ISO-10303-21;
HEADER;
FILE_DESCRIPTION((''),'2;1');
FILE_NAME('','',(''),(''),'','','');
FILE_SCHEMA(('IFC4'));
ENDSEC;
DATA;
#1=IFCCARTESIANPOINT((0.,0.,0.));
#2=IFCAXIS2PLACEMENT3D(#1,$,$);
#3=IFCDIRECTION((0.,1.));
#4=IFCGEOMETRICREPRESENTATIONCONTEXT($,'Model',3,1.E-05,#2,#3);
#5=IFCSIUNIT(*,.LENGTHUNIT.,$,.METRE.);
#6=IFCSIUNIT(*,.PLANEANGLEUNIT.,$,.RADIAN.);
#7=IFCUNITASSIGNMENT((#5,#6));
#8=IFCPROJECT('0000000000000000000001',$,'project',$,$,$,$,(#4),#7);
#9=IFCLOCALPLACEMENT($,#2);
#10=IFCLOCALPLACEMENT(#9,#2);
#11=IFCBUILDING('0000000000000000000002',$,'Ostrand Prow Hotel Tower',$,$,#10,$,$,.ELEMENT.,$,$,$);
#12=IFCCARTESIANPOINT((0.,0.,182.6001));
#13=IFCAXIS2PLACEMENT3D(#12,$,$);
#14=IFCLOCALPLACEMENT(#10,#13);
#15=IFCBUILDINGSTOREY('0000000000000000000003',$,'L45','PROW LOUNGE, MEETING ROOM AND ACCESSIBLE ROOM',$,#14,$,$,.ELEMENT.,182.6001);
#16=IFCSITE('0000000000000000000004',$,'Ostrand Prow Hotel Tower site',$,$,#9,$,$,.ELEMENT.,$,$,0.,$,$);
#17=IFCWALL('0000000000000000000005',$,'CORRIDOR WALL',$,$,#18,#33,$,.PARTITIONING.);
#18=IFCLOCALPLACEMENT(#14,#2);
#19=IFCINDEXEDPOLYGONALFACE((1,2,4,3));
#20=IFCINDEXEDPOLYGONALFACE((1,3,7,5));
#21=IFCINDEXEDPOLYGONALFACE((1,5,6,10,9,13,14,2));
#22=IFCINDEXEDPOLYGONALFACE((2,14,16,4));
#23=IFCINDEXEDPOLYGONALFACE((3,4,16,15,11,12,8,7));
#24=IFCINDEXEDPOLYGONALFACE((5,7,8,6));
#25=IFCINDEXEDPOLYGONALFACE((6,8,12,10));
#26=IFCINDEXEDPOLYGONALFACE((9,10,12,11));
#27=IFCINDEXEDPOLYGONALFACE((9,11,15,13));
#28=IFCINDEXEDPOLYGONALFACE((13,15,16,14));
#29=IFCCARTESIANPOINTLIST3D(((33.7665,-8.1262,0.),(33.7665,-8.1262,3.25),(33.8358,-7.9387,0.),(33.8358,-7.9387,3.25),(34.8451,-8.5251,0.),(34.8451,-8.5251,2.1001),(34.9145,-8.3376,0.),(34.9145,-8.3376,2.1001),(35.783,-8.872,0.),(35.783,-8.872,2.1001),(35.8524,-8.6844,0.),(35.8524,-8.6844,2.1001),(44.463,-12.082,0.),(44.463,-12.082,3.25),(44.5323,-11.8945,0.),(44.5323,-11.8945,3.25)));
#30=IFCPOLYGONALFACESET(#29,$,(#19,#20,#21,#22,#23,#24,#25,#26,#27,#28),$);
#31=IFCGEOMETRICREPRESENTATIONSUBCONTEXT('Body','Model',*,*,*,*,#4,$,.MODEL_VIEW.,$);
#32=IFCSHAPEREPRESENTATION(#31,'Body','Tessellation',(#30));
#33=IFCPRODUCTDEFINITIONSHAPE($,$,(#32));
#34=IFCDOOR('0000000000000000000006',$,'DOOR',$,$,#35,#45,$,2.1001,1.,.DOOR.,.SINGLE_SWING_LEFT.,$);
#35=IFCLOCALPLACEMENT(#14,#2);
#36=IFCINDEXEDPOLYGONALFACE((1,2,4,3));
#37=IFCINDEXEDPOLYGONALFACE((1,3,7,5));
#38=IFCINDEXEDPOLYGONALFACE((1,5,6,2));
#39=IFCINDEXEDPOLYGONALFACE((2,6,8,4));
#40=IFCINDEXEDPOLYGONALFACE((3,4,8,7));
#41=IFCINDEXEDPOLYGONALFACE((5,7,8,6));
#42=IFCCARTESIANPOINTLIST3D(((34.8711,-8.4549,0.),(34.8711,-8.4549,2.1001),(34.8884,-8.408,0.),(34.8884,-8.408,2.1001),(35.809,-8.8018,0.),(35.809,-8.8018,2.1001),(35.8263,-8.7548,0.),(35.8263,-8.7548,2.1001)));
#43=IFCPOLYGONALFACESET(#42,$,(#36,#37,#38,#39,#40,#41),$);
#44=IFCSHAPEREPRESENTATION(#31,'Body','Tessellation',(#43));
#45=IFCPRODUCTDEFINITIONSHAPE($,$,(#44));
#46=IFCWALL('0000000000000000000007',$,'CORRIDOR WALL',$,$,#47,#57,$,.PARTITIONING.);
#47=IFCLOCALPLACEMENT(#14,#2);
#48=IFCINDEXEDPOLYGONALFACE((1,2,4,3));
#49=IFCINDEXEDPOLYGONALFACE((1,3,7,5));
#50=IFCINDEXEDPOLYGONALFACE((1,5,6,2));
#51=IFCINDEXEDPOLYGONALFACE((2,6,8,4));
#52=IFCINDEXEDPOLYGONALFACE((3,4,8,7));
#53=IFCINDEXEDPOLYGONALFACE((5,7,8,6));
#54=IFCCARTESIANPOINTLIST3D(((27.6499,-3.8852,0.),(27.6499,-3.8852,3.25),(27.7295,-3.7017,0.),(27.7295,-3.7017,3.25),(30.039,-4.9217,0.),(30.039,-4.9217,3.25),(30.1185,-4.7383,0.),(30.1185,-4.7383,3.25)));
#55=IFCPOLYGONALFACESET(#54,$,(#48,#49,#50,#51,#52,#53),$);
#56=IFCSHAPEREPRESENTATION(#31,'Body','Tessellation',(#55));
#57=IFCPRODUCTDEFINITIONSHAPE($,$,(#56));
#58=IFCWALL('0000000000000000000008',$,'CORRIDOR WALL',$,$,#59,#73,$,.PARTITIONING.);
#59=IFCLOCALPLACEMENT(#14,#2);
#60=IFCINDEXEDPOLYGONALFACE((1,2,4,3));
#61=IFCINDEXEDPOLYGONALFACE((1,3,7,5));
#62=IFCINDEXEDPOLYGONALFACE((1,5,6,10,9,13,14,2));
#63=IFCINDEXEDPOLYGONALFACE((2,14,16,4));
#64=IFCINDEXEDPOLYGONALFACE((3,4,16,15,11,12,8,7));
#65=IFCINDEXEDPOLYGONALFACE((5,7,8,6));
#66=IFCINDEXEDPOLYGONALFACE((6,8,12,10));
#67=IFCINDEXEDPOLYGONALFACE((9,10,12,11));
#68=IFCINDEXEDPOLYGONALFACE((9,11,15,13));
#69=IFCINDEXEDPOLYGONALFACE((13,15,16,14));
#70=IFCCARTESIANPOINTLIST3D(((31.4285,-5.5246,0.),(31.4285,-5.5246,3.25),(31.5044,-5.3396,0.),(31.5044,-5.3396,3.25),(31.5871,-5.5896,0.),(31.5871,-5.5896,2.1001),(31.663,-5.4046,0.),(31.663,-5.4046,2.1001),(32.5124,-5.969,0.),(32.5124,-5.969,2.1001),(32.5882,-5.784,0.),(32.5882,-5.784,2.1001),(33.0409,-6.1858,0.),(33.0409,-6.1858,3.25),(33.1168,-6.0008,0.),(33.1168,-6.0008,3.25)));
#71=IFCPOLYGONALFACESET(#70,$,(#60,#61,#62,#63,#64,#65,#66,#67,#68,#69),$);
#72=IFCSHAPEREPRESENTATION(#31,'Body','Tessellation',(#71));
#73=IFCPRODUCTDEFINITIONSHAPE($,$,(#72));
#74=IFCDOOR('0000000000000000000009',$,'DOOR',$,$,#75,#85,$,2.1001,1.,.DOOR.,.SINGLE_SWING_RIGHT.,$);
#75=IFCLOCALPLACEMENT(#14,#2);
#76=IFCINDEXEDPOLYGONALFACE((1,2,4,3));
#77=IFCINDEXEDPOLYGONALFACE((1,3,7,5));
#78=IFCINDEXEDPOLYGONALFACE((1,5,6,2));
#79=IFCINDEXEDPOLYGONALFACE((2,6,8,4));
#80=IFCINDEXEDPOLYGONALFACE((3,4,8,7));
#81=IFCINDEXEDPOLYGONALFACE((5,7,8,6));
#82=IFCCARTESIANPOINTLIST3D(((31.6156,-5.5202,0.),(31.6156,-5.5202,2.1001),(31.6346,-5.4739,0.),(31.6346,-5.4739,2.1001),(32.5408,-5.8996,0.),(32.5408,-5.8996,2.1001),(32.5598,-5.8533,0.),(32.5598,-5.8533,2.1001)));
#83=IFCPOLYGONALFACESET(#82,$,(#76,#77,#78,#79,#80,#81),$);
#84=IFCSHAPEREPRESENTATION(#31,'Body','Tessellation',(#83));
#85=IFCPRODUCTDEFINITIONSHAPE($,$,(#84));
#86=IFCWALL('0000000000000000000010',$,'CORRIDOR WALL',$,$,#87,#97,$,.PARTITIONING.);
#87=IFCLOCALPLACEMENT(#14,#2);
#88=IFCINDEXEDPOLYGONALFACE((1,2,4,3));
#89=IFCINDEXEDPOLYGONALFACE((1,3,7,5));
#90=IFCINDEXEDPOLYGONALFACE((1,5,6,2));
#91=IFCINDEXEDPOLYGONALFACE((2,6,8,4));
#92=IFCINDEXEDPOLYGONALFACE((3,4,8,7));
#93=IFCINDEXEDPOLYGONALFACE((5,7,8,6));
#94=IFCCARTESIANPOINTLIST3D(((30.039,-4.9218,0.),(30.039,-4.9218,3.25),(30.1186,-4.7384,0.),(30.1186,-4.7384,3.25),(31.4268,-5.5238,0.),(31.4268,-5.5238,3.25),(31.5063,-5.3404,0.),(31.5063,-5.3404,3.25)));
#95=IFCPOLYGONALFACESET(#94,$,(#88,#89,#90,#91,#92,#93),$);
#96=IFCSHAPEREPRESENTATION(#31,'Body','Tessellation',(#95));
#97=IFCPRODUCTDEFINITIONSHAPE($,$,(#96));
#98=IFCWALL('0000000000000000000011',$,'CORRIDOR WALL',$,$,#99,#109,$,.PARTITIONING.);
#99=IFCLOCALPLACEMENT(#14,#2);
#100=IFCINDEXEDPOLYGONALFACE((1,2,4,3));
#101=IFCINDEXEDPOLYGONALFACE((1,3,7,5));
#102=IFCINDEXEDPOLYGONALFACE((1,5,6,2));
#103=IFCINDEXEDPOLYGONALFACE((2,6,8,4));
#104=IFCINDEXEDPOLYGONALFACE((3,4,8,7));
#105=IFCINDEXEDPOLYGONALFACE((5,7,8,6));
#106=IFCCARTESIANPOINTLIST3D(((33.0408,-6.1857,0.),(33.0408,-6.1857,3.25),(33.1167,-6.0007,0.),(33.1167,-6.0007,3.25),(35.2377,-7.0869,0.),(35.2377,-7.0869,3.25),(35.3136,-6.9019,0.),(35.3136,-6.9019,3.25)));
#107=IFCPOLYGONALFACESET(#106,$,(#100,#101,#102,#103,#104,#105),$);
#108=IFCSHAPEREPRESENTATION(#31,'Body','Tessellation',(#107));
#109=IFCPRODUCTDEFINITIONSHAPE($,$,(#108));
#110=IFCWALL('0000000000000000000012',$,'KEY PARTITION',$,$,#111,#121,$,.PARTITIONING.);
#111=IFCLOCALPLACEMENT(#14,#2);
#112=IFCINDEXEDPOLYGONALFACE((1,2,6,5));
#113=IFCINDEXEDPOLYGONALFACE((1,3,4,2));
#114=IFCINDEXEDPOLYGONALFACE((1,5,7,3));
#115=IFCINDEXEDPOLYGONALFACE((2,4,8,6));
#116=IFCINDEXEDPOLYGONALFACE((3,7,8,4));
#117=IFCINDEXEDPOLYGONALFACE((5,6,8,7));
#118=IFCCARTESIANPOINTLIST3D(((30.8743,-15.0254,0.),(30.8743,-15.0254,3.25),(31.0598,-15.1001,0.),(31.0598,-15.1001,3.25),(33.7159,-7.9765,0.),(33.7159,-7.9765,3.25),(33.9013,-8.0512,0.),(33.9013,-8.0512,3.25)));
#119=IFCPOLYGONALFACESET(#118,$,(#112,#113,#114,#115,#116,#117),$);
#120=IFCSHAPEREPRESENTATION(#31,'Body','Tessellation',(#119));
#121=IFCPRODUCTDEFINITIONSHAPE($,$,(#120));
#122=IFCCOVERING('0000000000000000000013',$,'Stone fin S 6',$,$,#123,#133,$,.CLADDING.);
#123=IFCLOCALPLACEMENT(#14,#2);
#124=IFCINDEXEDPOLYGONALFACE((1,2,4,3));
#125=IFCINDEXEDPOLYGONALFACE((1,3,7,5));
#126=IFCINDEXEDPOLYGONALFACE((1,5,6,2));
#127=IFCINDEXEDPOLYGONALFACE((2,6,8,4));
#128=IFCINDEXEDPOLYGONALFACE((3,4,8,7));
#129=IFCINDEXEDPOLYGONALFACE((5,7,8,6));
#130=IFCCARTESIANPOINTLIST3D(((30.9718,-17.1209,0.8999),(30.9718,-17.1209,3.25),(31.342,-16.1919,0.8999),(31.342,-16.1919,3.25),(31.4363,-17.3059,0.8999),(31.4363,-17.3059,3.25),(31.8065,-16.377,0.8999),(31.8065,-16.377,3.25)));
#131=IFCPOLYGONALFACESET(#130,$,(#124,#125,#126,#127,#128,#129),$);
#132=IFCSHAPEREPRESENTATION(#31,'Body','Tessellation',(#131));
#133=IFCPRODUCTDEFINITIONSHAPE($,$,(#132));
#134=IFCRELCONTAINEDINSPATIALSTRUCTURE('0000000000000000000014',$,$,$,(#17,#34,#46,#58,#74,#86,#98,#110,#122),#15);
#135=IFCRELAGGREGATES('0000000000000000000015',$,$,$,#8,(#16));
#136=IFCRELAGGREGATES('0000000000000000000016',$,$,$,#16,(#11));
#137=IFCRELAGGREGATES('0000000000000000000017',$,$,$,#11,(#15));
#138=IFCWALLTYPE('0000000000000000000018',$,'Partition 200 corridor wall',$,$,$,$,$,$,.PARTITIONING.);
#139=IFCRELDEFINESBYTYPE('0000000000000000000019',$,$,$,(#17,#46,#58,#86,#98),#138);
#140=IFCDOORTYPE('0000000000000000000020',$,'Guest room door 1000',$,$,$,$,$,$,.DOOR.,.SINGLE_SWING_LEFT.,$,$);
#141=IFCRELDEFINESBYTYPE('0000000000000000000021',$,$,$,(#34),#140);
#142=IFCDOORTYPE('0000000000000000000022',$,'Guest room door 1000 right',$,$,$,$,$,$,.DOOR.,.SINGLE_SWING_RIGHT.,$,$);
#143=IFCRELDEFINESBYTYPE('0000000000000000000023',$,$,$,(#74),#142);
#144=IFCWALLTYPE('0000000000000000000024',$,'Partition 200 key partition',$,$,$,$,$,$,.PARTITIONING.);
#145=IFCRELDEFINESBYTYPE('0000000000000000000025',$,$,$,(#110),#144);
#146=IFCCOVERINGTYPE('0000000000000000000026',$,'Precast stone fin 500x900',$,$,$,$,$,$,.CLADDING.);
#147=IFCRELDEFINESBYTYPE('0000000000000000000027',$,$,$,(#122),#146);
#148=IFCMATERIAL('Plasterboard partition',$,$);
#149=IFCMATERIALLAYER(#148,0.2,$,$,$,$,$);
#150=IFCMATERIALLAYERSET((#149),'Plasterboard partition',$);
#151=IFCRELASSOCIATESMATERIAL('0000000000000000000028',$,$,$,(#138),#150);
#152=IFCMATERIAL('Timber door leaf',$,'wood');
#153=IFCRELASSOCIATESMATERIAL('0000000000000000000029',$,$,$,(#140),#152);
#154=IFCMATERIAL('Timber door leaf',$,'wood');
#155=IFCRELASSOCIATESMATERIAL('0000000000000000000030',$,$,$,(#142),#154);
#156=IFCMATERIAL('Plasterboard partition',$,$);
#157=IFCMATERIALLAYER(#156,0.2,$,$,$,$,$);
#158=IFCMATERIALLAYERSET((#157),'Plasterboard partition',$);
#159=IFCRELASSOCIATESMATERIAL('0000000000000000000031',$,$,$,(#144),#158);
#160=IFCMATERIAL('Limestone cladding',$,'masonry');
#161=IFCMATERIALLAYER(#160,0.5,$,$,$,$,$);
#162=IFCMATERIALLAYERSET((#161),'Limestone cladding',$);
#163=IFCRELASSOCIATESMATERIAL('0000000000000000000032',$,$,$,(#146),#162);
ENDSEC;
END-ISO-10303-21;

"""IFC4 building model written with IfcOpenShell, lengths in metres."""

from ifc_helpers import new_model, si_unit, direction, frame, frame_2d, origin, place, context, subcontext, project, spatial, rectangle, extrude, material, layer, layer_set, type_object, element, fill, save


model = new_model("IFC4")

# Units and contexts
model_context = context("Model", 3, precision=1e-05, world=origin(), true_north=direction((0.0, 1.0)))
body_context = subcontext(model_context, "Body", "Model", "MODEL_VIEW")
ifc_project = project(units=[si_unit("LENGTHUNIT", "METRE"), si_unit("PLANEANGLEUNIT", "RADIAN")], contexts=[model_context])

# Site, building, storey
site_placement = place(None, origin())
site = spatial("IfcSite", under=ifc_project, at=site_placement, Name="Ostrand Prow Hotel Tower site", CompositionType="ELEMENT", RefElevation=0.0)
building_placement = place(site_placement, origin())
building = spatial("IfcBuilding", under=site, at=building_placement, Name="Ostrand Prow Hotel Tower", CompositionType="ELEMENT")
storey_placement = place(building_placement, frame((0.0, 0.0, 182.6001)))
storey = spatial("IfcBuildingStorey", under=building, at=storey_placement, Name="L45", Description="PROW LOUNGE, MEETING ROOM AND ACCESSIBLE ROOM", CompositionType="ELEMENT", Elevation=182.6001)

# Wall, opening, door
ifc_material_1 = material(Name="Plasterboard partition")
ifc_layer_1 = layer(ifc_material_1, 0.2)
ifc_layer_set_1 = layer_set([ifc_layer_1], Name="Plasterboard partition")
wall_type_1 = type_object("IfcWallType", Name="Partition 200 corridor wall", PredefinedType="PARTITIONING", material=ifc_layer_set_1)
wall_1_placement = place(storey_placement, frame((33.8013, -8.0325, 0.0), z_axis=(0.0, 0.0, 1.0), x_axis=(0.937916, -0.346862, 0.0)))
wall_1 = element("IfcWall", 1, at=wall_1_placement, inside=storey, type_object=wall_type_1, Name="CORRIDOR WALL", PredefinedType="PARTITIONING", context=body_context, shape_type="SweptSolid", body=[
    extrude(rectangle(XDim=11.4045, YDim=0.2, at=frame_2d((5.7021, 0.0))), origin(), (0.0, 0.0, 1.0), 3.25),
])
opening_1_placement = place(wall_1_placement, frame((1.1499, 0.0, 0.0)))
opening_1 = element("IfcOpeningElement", 2, at=opening_1_placement, cuts=wall_1, PredefinedType="OPENING", context=body_context, shape_type="SweptSolid", body=[
    extrude(rectangle(XDim=1.0, YDim=2.1001, at=frame_2d((0.5, 1.05))), frame((0.0, 0.1099, 0.0), z_axis=(0.0, -1.0, 0.0), x_axis=(1.0, 0.0, 0.0)), (0.0, 0.0, 1.0), 0.22),
])
ifc_material_2 = material(Name="Timber door leaf", Category="wood")
door_type_1 = type_object("IfcDoorType", Name="Guest room door 1000", OperationType="SINGLE_SWING_LEFT", PredefinedType="DOOR", material=ifc_material_2)
door_1_placement = place(opening_1_placement, origin())
door_1 = element("IfcDoor", 3, at=door_1_placement, inside=storey, type_object=door_type_1, Name="DOOR", OperationType="SINGLE_SWING_LEFT", OverallHeight=2.1001, OverallWidth=1.0, PredefinedType="DOOR", context=body_context, shape_type="SweptSolid", body=[
    extrude(rectangle(XDim=1.0, YDim=2.1001, at=frame_2d((0.5, 1.05))), frame((0.0, 0.0249, 0.0), z_axis=(0.0, -1.0, 0.0), x_axis=(1.0, 0.0, 0.0)), (0.0, 0.0, 1.0), 0.05),
])
fill(opening_1, door_1)

# Wall
wall_2_placement = place(storey_placement, frame((30.0789, -4.8301, 0.0), z_axis=(0.0, 0.0, 1.0), x_axis=(-0.917371, 0.398034, 0.0)))
element("IfcWall", 4, at=wall_2_placement, inside=storey, type_object=wall_type_1, Name="CORRIDOR WALL", PredefinedType="PARTITIONING", context=body_context, shape_type="SweptSolid", body=[
    extrude(rectangle(XDim=2.6042, YDim=0.2, at=frame_2d((1.3022, 0.0))), origin(), (0.0, 0.0, 1.0), 3.25),
])

# Wall, opening, door
wall_3_placement = place(storey_placement, frame((33.0789, -6.0933, 0.0), z_axis=(0.0, 0.0, 1.0), x_axis=(-0.925234, 0.379396, 0.0)))
wall_3 = element("IfcWall", 5, at=wall_3_placement, inside=storey, type_object=wall_type_1, Name="CORRIDOR WALL", PredefinedType="PARTITIONING", context=body_context, shape_type="SweptSolid", body=[
    extrude(rectangle(XDim=1.7427, YDim=0.2, at=frame_2d((0.8713, 0.0))), origin(), (0.0, 0.0, 1.0), 3.25),
])
opening_2_placement = place(wall_3_placement, frame((0.5713, 0.0, 0.0)))
opening_2 = element("IfcOpeningElement", 6, at=opening_2_placement, cuts=wall_3, PredefinedType="OPENING", context=body_context, shape_type="SweptSolid", body=[
    extrude(rectangle(XDim=1.0, YDim=2.1001, at=frame_2d((0.5, 1.05))), frame((0.0, 0.1099, 0.0), z_axis=(0.0, -1.0, 0.0), x_axis=(1.0, 0.0, 0.0)), (0.0, 0.0, 1.0), 0.22),
])
ifc_material_3 = material(Name="Timber door leaf", Category="wood")
door_type_2 = type_object("IfcDoorType", Name="Guest room door 1000 right", OperationType="SINGLE_SWING_RIGHT", PredefinedType="DOOR", material=ifc_material_3)
door_2_placement = place(opening_2_placement, origin())
door_2 = element("IfcDoor", 7, at=door_2_placement, inside=storey, type_object=door_type_2, Name="DOOR", OperationType="SINGLE_SWING_RIGHT", OverallHeight=2.1001, OverallWidth=1.0, PredefinedType="DOOR", context=body_context, shape_type="SweptSolid", body=[
    extrude(rectangle(XDim=1.0, YDim=2.1001, at=frame_2d((0.5, 1.05))), frame((0.0, 0.0249, 0.0), z_axis=(0.0, -1.0, 0.0), x_axis=(1.0, 0.0, 0.0)), (0.0, 0.0, 1.0), 0.05),
])
fill(opening_2, door_2)

# Walls
wall_4_placement = place(storey_placement, frame((31.4666, -5.4321, 0.0), z_axis=(0.0, 0.0, 1.0), x_axis=(-0.917383, 0.398006, 0.0)))
element("IfcWall", 8, at=wall_4_placement, inside=storey, type_object=wall_type_1, Name="CORRIDOR WALL", PredefinedType="PARTITIONING", context=body_context, shape_type="SweptSolid", body=[
    extrude(rectangle(XDim=1.5127, YDim=0.2, at=frame_2d((0.7563, 0.0))), origin(), (0.0, 0.0, 1.0), 3.25),
])
wall_5_placement = place(storey_placement, frame((35.2756, -6.9944, 0.0), z_axis=(0.0, 0.0, 1.0), x_axis=(-0.925186, 0.379513, 0.0)))
element("IfcWall", 9, at=wall_5_placement, inside=storey, type_object=wall_type_1, Name="CORRIDOR WALL", PredefinedType="PARTITIONING", context=body_context, shape_type="SweptSolid", body=[
    extrude(rectangle(XDim=2.3745, YDim=0.2, at=frame_2d((1.1873, 0.0))), origin(), (0.0, 0.0, 1.0), 3.25),
])
ifc_material_4 = material(Name="Plasterboard partition")
ifc_layer_2 = layer(ifc_material_4, 0.2)
ifc_layer_set_2 = layer_set([ifc_layer_2], Name="Plasterboard partition")
wall_type_2 = type_object("IfcWallType", Name="Partition 200 key partition", PredefinedType="PARTITIONING", material=ifc_layer_set_2)
wall_6_placement = place(storey_placement, frame((30.967, -15.0627, 0.0), z_axis=(0.0, 0.0, 1.0), x_axis=(0.373887, 0.927474, 0.0)))
element("IfcWall", 10, at=wall_6_placement, inside=storey, type_object=wall_type_2, Name="KEY PARTITION", PredefinedType="PARTITIONING", context=body_context, shape_type="SweptSolid", body=[
    extrude(rectangle(XDim=7.6001, YDim=0.2, at=frame_2d((3.8, 0.0))), origin(), (0.0, 0.0, 1.0), 3.25),
])

# Covering
ifc_material_5 = material(Name="Limestone cladding", Category="masonry")
ifc_layer_3 = layer(ifc_material_5, 0.5)
ifc_layer_set_3 = layer_set([ifc_layer_3], Name="Limestone cladding")
covering_type = type_object("IfcCoveringType", Name="Precast stone fin 500x900", PredefinedType="CLADDING", material=ifc_layer_set_3)
covering_placement = place(storey_placement, frame((31.5742, -16.2844, 0.8999), z_axis=(0.0, 0.0, 1.0), x_axis=(-0.370128, -0.928981, 0.0)))
element("IfcCovering", 11, at=covering_placement, inside=storey, type_object=covering_type, Name="Stone fin S 6", PredefinedType="CLADDING", context=body_context, shape_type="SweptSolid", body=[
    extrude(rectangle(XDim=1.0, YDim=0.5, at=frame_2d((0.5, 0.0))), origin(), (0.0, 0.0, 1.0), 2.3501),
])

save(model, "model.ifc")
